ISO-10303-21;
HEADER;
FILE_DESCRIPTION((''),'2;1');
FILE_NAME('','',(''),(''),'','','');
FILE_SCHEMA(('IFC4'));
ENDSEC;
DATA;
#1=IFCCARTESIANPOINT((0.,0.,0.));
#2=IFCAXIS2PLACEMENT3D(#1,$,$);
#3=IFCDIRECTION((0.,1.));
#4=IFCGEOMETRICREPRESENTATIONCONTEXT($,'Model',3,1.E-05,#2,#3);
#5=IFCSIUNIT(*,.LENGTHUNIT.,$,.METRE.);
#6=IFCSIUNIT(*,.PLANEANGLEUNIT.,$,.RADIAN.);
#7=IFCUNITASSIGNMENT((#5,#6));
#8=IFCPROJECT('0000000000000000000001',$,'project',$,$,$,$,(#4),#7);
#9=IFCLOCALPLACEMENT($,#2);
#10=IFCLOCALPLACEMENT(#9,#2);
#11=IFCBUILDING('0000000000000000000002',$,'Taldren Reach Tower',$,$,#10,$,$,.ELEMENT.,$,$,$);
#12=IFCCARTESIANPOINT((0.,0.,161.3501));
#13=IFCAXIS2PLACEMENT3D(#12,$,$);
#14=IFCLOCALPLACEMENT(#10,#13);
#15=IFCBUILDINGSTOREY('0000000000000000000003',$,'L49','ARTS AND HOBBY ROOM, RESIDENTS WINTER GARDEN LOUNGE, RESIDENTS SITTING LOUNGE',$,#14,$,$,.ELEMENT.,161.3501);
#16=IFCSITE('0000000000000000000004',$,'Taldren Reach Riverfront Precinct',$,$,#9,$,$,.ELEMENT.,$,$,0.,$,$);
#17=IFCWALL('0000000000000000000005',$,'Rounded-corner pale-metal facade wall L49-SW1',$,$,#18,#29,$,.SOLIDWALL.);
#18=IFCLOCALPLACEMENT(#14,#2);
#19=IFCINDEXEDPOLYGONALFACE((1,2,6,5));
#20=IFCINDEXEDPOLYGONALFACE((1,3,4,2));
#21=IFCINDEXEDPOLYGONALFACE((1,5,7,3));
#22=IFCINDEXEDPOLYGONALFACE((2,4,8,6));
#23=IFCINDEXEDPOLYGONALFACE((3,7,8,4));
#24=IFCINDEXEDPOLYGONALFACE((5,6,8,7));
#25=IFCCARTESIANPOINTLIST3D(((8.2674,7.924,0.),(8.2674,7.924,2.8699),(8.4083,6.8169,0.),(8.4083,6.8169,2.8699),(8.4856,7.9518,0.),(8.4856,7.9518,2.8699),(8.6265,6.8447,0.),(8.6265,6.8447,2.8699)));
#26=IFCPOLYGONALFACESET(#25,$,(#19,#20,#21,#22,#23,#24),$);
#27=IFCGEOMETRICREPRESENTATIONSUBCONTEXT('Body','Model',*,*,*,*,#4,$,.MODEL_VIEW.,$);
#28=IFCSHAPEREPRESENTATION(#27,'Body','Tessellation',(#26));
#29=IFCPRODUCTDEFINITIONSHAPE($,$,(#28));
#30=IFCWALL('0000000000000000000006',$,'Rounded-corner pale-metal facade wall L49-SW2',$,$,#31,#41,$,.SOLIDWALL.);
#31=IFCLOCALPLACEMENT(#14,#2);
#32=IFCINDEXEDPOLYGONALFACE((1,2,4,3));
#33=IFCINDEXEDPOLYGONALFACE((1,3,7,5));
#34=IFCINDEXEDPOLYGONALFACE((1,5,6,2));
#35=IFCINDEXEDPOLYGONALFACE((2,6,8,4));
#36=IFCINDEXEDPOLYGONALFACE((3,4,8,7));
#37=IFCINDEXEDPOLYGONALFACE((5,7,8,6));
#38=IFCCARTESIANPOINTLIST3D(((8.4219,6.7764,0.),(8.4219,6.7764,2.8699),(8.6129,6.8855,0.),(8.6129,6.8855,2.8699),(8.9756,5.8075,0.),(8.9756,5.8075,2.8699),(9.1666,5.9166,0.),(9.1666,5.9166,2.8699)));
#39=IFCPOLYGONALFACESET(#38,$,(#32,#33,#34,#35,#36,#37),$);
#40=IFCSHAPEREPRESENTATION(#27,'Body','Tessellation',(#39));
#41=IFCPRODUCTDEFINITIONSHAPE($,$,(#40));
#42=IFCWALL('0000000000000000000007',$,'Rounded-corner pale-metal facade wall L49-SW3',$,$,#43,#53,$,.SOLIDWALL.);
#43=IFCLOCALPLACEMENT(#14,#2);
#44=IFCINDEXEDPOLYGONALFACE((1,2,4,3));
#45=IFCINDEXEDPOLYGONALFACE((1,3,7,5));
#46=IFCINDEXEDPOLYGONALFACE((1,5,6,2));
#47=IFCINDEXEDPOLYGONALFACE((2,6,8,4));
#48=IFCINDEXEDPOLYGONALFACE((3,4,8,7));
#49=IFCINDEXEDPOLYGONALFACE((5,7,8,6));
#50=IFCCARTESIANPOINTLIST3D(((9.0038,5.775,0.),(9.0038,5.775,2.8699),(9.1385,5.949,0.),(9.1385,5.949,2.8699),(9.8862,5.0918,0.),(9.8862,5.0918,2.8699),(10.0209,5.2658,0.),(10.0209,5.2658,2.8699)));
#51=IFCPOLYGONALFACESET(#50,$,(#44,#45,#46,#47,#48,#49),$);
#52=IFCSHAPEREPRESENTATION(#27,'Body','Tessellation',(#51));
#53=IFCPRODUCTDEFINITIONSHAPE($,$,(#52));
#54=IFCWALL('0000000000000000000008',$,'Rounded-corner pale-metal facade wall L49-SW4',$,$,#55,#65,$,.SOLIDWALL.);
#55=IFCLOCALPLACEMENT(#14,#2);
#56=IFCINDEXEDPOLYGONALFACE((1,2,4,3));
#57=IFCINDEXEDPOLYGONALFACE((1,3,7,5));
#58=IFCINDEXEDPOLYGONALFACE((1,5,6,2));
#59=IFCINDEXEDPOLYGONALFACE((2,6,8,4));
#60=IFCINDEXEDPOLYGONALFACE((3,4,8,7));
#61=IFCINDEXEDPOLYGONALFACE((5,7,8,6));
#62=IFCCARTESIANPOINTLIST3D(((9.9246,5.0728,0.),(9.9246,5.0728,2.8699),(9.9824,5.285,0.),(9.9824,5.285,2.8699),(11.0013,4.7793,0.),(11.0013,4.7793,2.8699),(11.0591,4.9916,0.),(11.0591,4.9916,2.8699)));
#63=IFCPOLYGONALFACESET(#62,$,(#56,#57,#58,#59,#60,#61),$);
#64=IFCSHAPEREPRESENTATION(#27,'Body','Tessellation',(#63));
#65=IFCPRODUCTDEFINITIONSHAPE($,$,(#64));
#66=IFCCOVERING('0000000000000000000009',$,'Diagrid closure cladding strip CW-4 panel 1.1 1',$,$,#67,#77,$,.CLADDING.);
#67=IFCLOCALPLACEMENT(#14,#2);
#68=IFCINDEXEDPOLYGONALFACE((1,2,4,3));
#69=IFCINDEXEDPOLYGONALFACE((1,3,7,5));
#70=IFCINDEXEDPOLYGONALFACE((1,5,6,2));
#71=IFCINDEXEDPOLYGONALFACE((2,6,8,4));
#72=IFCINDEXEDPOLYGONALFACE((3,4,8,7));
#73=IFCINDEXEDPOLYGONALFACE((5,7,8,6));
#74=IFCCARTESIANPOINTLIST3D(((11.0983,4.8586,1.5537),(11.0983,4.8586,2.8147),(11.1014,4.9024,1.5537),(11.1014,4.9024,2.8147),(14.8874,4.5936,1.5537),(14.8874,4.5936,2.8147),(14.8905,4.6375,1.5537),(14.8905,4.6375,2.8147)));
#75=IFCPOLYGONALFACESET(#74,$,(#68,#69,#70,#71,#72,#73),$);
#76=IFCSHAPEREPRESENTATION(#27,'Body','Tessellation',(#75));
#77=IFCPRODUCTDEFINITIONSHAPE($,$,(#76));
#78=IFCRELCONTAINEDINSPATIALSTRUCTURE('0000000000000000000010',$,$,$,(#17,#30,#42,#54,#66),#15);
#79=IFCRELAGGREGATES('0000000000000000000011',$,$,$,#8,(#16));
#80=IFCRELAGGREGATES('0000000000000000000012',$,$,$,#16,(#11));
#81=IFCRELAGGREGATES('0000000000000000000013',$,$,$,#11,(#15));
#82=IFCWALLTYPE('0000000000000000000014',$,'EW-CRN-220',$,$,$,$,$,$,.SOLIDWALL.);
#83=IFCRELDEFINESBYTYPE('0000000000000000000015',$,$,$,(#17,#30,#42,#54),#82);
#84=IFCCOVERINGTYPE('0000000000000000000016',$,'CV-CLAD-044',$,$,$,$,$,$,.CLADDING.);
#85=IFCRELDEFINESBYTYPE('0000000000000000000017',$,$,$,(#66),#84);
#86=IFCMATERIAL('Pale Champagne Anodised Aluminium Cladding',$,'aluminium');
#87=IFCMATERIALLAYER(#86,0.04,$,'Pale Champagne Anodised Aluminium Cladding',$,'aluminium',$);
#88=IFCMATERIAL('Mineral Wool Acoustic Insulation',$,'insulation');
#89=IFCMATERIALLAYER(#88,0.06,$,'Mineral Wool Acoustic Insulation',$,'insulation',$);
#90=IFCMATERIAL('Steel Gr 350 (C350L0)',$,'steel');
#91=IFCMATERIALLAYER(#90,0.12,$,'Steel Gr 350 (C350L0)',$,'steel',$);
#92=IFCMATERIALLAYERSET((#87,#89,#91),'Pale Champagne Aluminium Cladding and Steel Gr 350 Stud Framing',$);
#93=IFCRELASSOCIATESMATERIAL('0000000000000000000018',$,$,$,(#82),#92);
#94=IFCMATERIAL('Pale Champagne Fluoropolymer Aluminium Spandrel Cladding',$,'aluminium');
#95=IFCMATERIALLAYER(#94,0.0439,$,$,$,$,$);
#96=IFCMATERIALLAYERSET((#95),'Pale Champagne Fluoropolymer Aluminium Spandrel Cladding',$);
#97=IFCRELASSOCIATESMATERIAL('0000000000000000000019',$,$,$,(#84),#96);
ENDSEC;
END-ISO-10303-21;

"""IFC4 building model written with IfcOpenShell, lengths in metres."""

from ifc_helpers import new_model, si_unit, direction, frame, frame_2d, origin, origin_2d, place, context, subcontext, project, spatial, rectangle, extrude, source, transform, mapped, material, layer, layer_set, type_object, element, save


model = new_model("IFC4")

# Units and contexts
model_context = context("Model", 3, precision=1e-05, world=origin(), true_north=direction((0.0, 1.0)))
body_context = subcontext(model_context, "Body", "Model", "MODEL_VIEW")
ifc_project = project(units=[si_unit("LENGTHUNIT", "METRE"), si_unit("PLANEANGLEUNIT", "RADIAN")], contexts=[model_context])

# Site, building, storey
site_placement = place(None, origin())
site = spatial("IfcSite", under=ifc_project, at=site_placement, Name="Taldren Reach Riverfront Precinct", CompositionType="ELEMENT", RefElevation=0.0)
building_placement = place(site_placement, origin())
building = spatial("IfcBuilding", under=site, at=building_placement, Name="Taldren Reach Tower", CompositionType="ELEMENT")
storey_placement = place(building_placement, frame((0.0, 0.0, 161.3501)))
storey = spatial("IfcBuildingStorey", under=building, at=storey_placement, Name="L49", Description="ARTS AND HOBBY ROOM, RESIDENTS WINTER GARDEN LOUNGE, RESIDENTS SITTING LOUNGE", CompositionType="ELEMENT", Elevation=161.3501)

# Shared definitions
ifc_material_1 = material(Name="Steel Gr 350 (C350L0)", Category="steel")

# Walls
ifc_material_2 = material(Name="Pale Champagne Anodised Aluminium Cladding", Category="aluminium")
ifc_layer_1 = layer(ifc_material_2, 0.04, Name="Pale Champagne Anodised Aluminium Cladding", Category="aluminium")
ifc_material_3 = material(Name="Mineral Wool Acoustic Insulation", Category="insulation")
ifc_layer_2 = layer(ifc_material_3, 0.06, Name="Mineral Wool Acoustic Insulation", Category="insulation")
ifc_layer_3 = layer(ifc_material_1, 0.12, Name="Steel Gr 350 (C350L0)", Category="steel")
ifc_layer_set_1 = layer_set([ifc_layer_1, ifc_layer_2, ifc_layer_3], Name="Pale Champagne Aluminium Cladding and Steel Gr 350 Stud Framing")
wall_type = type_object("IfcWallType", Name="EW-CRN-220", PredefinedType="SOLIDWALL", material=ifc_layer_set_1)
shared_shape_1 = source(origin(), body_context, "Body", "SweptSolid", [
    extrude(rectangle(XDim=1.116, YDim=0.22, at=frame_2d((0.5581, 0.0))), origin(), (0.0, 0.0, 1.0), 2.8699),
])
for number, where, z_axis, x_axis, name in (
    (1, (8.3765, 7.938, 0.0), (0.0, 0.0, 1.0), (0.126243, -0.991999, 0.0), "Rounded-corner pale-metal facade wall L49-SW1"),
    (2, (8.5173, 6.8311, 0.0), (0.0, 0.0, 1.0), (0.496139, -0.868243, 0.0), "Rounded-corner pale-metal facade wall L49-SW2"),
    (3, (9.071, 5.8621, 0.0), (0.0, 0.0, 1.0), (0.790717, -0.612182, 0.0), "Rounded-corner pale-metal facade wall L49-SW3"),
    (4, (9.9534, 5.179, 0.0), (0.0, 0.0, 1.0), (0.964804, -0.262969, 0.0), "Rounded-corner pale-metal facade wall L49-SW4"),
):
    element("IfcWall", number, at=place(storey_placement, frame(where, z_axis=z_axis, x_axis=x_axis)), inside=storey, type_object=wall_type, Name=name, PredefinedType="SOLIDWALL", context=body_context, shape_type="MappedRepresentation", body=[
        mapped(shared_shape_1, transform((0.0, 0.0, 0.0), scale=1.0)),
    ])

# Covering
ifc_material_4 = material(Name="Pale Champagne Fluoropolymer Aluminium Spandrel Cladding", Category="aluminium")
ifc_layer_4 = layer(ifc_material_4, 0.0439)
ifc_layer_set_2 = layer_set([ifc_layer_4], Name="Pale Champagne Fluoropolymer Aluminium Spandrel Cladding")
covering_type = type_object("IfcCoveringType", Name="CV-CLAD-044", PredefinedType="CLADDING", material=ifc_layer_set_2)
shared_shape_2 = source(origin(), body_context, "Body", "SweptSolid", [
    extrude(rectangle(XDim=3.7983, YDim=0.0439, at=origin_2d()), origin(), (0.0, 0.0, 1.0), 1.261),
])
covering_placement = place(storey_placement, frame((12.9944, 4.748, 1.5537), z_axis=(0.0, 0.0, 1.0), x_axis=(0.997564, -0.069757, 0.0)))
element("IfcCovering", 5, at=covering_placement, inside=storey, type_object=covering_type, Name="Diagrid closure cladding strip CW-4 panel 1.1 1", PredefinedType="CLADDING", context=body_context, shape_type="MappedRepresentation", body=[
    mapped(shared_shape_2, transform((0.0, 0.0, 0.0), scale=1.0)),
])

save(model, "model.ifc")
